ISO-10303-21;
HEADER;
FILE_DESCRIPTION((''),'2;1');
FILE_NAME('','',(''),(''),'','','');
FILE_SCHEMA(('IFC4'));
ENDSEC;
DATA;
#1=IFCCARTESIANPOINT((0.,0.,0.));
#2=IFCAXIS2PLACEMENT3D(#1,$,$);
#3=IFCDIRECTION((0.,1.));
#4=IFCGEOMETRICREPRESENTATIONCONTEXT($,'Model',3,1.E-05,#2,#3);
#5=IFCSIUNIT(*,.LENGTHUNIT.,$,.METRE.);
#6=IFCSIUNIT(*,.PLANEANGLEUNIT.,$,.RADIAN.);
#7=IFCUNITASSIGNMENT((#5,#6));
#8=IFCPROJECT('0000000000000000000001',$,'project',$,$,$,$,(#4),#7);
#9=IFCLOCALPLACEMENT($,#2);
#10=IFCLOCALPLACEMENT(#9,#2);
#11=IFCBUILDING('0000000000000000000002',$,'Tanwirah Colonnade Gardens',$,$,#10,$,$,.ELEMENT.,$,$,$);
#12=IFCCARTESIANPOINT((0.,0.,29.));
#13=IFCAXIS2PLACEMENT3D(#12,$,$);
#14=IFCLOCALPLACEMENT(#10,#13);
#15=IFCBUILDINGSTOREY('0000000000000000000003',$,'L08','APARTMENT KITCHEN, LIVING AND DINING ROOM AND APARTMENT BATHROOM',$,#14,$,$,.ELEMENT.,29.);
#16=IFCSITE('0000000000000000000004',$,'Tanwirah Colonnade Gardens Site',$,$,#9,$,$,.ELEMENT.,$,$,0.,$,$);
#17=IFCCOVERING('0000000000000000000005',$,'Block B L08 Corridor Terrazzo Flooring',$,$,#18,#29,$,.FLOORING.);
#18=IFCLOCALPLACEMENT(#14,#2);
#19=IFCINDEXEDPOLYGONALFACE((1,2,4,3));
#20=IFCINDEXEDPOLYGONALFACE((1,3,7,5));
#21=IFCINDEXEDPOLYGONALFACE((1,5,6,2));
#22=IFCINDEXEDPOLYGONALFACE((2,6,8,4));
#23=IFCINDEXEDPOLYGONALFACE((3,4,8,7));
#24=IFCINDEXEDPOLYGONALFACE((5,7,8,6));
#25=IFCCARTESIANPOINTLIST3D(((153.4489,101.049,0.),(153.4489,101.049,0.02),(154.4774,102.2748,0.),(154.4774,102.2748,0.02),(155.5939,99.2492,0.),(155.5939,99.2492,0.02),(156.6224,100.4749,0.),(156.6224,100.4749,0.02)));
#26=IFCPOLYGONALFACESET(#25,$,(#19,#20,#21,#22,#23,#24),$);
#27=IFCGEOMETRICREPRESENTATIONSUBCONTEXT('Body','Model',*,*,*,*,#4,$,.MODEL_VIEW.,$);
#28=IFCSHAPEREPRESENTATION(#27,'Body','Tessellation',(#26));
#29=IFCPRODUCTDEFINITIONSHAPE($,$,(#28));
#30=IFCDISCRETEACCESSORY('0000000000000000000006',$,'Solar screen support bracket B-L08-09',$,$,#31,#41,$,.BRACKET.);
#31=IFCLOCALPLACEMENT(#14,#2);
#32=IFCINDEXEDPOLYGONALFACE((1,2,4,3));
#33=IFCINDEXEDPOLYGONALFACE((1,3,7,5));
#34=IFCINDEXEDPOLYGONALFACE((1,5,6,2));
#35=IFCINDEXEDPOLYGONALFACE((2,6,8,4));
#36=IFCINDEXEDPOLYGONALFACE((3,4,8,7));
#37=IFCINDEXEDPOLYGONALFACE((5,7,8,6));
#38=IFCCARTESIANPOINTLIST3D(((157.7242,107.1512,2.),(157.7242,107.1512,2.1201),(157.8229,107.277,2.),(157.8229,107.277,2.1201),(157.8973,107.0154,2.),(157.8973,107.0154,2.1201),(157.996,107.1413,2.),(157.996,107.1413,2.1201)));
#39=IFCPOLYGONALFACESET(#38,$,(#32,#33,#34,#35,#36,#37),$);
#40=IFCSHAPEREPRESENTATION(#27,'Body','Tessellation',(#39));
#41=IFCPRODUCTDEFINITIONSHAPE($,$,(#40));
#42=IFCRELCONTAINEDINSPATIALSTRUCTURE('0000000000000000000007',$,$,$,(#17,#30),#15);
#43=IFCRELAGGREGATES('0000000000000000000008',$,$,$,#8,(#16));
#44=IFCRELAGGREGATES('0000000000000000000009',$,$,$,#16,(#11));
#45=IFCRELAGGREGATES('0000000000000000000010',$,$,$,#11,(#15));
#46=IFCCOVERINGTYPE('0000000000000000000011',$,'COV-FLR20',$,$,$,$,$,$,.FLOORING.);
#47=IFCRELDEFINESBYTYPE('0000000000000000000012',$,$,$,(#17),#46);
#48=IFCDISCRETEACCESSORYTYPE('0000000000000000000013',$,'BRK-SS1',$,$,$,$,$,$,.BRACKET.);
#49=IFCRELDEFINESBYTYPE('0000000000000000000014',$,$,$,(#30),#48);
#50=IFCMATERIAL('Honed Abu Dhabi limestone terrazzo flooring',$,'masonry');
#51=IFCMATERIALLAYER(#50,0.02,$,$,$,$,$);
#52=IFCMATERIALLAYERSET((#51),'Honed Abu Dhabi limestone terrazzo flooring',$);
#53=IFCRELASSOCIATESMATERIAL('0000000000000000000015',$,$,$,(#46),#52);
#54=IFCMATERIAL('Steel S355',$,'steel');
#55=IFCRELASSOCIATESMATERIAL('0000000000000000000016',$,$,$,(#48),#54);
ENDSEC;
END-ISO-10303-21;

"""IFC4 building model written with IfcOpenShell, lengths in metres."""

from ifc_helpers import new_model, si_unit, direction, frame, origin, origin_2d, place, context, subcontext, project, spatial, rectangle, extrude, material, layer, layer_set, type_object, element, save


model = new_model("IFC4")

# Units and contexts
model_context = context("Model", 3, precision=1e-05, world=origin(), true_north=direction((0.0, 1.0)))
body_context = subcontext(model_context, "Body", "Model", "MODEL_VIEW")
ifc_project = project(units=[si_unit("LENGTHUNIT", "METRE"), si_unit("PLANEANGLEUNIT", "RADIAN")], contexts=[model_context])

# Site, building, storey
site_placement = place(None, origin())
site = spatial("IfcSite", under=ifc_project, at=site_placement, Name="Tanwirah Colonnade Gardens Site", CompositionType="ELEMENT", RefElevation=0.0)
building_placement = place(site_placement, origin())
building = spatial("IfcBuilding", under=site, at=building_placement, Name="Tanwirah Colonnade Gardens", CompositionType="ELEMENT")
storey_placement = place(building_placement, frame((0.0, 0.0, 29.0)))
storey = spatial("IfcBuildingStorey", under=building, at=storey_placement, Name="L08", Description="APARTMENT KITCHEN, LIVING AND DINING ROOM AND APARTMENT BATHROOM", CompositionType="ELEMENT", Elevation=29.0)

# Covering
ifc_material_1 = material(Name="Honed Abu Dhabi limestone terrazzo flooring", Category="masonry")
ifc_layer_1 = layer(ifc_material_1, 0.02)
ifc_layer_set_1 = layer_set([ifc_layer_1], Name="Honed Abu Dhabi limestone terrazzo flooring")
covering_type_1 = type_object("IfcCoveringType", Name="COV-FLR20", PredefinedType="FLOORING", material=ifc_layer_set_1)
covering_1_placement = place(storey_placement, frame((155.0356, 100.762, 0.0), z_axis=(0.0, 0.0, 1.0), x_axis=(-0.766044, 0.642788, 0.0)))
element("IfcCovering", 1, at=covering_1_placement, inside=storey, type_object=covering_type_1, Name="Block B L08 Corridor Terrazzo Flooring", PredefinedType="FLOORING", context=body_context, shape_type="SweptSolid", body=[
    extrude(rectangle(XDim=2.8, YDim=1.6001, at=origin_2d()), origin(), (0.0, 0.0, 1.0), 0.02),
])

# Discrete accessory
ifc_material_2 = material(Name="Steel S355", Category="steel")
discrete_accessory_type = type_object("IfcDiscreteAccessoryType", Name="BRK-SS1", PredefinedType="BRACKET", material=ifc_material_2)
discrete_accessory_placement = place(storey_placement, frame((157.8601, 107.1462, 2.0), z_axis=(0.0, 0.0, 1.0), x_axis=(-0.786816, 0.617188, 0.0)))
element("IfcDiscreteAccessory", 2, at=discrete_accessory_placement, inside=storey, type_object=discrete_accessory_type, Name="Solar screen support bracket B-L08-09", PredefinedType="BRACKET", context=body_context, shape_type="SweptSolid", body=[
    extrude(rectangle(XDim=0.22, YDim=0.1599, at=origin_2d()), origin(), (0.0, 0.0, 1.0), 0.1201),
])

save(model, "model.ifc")
